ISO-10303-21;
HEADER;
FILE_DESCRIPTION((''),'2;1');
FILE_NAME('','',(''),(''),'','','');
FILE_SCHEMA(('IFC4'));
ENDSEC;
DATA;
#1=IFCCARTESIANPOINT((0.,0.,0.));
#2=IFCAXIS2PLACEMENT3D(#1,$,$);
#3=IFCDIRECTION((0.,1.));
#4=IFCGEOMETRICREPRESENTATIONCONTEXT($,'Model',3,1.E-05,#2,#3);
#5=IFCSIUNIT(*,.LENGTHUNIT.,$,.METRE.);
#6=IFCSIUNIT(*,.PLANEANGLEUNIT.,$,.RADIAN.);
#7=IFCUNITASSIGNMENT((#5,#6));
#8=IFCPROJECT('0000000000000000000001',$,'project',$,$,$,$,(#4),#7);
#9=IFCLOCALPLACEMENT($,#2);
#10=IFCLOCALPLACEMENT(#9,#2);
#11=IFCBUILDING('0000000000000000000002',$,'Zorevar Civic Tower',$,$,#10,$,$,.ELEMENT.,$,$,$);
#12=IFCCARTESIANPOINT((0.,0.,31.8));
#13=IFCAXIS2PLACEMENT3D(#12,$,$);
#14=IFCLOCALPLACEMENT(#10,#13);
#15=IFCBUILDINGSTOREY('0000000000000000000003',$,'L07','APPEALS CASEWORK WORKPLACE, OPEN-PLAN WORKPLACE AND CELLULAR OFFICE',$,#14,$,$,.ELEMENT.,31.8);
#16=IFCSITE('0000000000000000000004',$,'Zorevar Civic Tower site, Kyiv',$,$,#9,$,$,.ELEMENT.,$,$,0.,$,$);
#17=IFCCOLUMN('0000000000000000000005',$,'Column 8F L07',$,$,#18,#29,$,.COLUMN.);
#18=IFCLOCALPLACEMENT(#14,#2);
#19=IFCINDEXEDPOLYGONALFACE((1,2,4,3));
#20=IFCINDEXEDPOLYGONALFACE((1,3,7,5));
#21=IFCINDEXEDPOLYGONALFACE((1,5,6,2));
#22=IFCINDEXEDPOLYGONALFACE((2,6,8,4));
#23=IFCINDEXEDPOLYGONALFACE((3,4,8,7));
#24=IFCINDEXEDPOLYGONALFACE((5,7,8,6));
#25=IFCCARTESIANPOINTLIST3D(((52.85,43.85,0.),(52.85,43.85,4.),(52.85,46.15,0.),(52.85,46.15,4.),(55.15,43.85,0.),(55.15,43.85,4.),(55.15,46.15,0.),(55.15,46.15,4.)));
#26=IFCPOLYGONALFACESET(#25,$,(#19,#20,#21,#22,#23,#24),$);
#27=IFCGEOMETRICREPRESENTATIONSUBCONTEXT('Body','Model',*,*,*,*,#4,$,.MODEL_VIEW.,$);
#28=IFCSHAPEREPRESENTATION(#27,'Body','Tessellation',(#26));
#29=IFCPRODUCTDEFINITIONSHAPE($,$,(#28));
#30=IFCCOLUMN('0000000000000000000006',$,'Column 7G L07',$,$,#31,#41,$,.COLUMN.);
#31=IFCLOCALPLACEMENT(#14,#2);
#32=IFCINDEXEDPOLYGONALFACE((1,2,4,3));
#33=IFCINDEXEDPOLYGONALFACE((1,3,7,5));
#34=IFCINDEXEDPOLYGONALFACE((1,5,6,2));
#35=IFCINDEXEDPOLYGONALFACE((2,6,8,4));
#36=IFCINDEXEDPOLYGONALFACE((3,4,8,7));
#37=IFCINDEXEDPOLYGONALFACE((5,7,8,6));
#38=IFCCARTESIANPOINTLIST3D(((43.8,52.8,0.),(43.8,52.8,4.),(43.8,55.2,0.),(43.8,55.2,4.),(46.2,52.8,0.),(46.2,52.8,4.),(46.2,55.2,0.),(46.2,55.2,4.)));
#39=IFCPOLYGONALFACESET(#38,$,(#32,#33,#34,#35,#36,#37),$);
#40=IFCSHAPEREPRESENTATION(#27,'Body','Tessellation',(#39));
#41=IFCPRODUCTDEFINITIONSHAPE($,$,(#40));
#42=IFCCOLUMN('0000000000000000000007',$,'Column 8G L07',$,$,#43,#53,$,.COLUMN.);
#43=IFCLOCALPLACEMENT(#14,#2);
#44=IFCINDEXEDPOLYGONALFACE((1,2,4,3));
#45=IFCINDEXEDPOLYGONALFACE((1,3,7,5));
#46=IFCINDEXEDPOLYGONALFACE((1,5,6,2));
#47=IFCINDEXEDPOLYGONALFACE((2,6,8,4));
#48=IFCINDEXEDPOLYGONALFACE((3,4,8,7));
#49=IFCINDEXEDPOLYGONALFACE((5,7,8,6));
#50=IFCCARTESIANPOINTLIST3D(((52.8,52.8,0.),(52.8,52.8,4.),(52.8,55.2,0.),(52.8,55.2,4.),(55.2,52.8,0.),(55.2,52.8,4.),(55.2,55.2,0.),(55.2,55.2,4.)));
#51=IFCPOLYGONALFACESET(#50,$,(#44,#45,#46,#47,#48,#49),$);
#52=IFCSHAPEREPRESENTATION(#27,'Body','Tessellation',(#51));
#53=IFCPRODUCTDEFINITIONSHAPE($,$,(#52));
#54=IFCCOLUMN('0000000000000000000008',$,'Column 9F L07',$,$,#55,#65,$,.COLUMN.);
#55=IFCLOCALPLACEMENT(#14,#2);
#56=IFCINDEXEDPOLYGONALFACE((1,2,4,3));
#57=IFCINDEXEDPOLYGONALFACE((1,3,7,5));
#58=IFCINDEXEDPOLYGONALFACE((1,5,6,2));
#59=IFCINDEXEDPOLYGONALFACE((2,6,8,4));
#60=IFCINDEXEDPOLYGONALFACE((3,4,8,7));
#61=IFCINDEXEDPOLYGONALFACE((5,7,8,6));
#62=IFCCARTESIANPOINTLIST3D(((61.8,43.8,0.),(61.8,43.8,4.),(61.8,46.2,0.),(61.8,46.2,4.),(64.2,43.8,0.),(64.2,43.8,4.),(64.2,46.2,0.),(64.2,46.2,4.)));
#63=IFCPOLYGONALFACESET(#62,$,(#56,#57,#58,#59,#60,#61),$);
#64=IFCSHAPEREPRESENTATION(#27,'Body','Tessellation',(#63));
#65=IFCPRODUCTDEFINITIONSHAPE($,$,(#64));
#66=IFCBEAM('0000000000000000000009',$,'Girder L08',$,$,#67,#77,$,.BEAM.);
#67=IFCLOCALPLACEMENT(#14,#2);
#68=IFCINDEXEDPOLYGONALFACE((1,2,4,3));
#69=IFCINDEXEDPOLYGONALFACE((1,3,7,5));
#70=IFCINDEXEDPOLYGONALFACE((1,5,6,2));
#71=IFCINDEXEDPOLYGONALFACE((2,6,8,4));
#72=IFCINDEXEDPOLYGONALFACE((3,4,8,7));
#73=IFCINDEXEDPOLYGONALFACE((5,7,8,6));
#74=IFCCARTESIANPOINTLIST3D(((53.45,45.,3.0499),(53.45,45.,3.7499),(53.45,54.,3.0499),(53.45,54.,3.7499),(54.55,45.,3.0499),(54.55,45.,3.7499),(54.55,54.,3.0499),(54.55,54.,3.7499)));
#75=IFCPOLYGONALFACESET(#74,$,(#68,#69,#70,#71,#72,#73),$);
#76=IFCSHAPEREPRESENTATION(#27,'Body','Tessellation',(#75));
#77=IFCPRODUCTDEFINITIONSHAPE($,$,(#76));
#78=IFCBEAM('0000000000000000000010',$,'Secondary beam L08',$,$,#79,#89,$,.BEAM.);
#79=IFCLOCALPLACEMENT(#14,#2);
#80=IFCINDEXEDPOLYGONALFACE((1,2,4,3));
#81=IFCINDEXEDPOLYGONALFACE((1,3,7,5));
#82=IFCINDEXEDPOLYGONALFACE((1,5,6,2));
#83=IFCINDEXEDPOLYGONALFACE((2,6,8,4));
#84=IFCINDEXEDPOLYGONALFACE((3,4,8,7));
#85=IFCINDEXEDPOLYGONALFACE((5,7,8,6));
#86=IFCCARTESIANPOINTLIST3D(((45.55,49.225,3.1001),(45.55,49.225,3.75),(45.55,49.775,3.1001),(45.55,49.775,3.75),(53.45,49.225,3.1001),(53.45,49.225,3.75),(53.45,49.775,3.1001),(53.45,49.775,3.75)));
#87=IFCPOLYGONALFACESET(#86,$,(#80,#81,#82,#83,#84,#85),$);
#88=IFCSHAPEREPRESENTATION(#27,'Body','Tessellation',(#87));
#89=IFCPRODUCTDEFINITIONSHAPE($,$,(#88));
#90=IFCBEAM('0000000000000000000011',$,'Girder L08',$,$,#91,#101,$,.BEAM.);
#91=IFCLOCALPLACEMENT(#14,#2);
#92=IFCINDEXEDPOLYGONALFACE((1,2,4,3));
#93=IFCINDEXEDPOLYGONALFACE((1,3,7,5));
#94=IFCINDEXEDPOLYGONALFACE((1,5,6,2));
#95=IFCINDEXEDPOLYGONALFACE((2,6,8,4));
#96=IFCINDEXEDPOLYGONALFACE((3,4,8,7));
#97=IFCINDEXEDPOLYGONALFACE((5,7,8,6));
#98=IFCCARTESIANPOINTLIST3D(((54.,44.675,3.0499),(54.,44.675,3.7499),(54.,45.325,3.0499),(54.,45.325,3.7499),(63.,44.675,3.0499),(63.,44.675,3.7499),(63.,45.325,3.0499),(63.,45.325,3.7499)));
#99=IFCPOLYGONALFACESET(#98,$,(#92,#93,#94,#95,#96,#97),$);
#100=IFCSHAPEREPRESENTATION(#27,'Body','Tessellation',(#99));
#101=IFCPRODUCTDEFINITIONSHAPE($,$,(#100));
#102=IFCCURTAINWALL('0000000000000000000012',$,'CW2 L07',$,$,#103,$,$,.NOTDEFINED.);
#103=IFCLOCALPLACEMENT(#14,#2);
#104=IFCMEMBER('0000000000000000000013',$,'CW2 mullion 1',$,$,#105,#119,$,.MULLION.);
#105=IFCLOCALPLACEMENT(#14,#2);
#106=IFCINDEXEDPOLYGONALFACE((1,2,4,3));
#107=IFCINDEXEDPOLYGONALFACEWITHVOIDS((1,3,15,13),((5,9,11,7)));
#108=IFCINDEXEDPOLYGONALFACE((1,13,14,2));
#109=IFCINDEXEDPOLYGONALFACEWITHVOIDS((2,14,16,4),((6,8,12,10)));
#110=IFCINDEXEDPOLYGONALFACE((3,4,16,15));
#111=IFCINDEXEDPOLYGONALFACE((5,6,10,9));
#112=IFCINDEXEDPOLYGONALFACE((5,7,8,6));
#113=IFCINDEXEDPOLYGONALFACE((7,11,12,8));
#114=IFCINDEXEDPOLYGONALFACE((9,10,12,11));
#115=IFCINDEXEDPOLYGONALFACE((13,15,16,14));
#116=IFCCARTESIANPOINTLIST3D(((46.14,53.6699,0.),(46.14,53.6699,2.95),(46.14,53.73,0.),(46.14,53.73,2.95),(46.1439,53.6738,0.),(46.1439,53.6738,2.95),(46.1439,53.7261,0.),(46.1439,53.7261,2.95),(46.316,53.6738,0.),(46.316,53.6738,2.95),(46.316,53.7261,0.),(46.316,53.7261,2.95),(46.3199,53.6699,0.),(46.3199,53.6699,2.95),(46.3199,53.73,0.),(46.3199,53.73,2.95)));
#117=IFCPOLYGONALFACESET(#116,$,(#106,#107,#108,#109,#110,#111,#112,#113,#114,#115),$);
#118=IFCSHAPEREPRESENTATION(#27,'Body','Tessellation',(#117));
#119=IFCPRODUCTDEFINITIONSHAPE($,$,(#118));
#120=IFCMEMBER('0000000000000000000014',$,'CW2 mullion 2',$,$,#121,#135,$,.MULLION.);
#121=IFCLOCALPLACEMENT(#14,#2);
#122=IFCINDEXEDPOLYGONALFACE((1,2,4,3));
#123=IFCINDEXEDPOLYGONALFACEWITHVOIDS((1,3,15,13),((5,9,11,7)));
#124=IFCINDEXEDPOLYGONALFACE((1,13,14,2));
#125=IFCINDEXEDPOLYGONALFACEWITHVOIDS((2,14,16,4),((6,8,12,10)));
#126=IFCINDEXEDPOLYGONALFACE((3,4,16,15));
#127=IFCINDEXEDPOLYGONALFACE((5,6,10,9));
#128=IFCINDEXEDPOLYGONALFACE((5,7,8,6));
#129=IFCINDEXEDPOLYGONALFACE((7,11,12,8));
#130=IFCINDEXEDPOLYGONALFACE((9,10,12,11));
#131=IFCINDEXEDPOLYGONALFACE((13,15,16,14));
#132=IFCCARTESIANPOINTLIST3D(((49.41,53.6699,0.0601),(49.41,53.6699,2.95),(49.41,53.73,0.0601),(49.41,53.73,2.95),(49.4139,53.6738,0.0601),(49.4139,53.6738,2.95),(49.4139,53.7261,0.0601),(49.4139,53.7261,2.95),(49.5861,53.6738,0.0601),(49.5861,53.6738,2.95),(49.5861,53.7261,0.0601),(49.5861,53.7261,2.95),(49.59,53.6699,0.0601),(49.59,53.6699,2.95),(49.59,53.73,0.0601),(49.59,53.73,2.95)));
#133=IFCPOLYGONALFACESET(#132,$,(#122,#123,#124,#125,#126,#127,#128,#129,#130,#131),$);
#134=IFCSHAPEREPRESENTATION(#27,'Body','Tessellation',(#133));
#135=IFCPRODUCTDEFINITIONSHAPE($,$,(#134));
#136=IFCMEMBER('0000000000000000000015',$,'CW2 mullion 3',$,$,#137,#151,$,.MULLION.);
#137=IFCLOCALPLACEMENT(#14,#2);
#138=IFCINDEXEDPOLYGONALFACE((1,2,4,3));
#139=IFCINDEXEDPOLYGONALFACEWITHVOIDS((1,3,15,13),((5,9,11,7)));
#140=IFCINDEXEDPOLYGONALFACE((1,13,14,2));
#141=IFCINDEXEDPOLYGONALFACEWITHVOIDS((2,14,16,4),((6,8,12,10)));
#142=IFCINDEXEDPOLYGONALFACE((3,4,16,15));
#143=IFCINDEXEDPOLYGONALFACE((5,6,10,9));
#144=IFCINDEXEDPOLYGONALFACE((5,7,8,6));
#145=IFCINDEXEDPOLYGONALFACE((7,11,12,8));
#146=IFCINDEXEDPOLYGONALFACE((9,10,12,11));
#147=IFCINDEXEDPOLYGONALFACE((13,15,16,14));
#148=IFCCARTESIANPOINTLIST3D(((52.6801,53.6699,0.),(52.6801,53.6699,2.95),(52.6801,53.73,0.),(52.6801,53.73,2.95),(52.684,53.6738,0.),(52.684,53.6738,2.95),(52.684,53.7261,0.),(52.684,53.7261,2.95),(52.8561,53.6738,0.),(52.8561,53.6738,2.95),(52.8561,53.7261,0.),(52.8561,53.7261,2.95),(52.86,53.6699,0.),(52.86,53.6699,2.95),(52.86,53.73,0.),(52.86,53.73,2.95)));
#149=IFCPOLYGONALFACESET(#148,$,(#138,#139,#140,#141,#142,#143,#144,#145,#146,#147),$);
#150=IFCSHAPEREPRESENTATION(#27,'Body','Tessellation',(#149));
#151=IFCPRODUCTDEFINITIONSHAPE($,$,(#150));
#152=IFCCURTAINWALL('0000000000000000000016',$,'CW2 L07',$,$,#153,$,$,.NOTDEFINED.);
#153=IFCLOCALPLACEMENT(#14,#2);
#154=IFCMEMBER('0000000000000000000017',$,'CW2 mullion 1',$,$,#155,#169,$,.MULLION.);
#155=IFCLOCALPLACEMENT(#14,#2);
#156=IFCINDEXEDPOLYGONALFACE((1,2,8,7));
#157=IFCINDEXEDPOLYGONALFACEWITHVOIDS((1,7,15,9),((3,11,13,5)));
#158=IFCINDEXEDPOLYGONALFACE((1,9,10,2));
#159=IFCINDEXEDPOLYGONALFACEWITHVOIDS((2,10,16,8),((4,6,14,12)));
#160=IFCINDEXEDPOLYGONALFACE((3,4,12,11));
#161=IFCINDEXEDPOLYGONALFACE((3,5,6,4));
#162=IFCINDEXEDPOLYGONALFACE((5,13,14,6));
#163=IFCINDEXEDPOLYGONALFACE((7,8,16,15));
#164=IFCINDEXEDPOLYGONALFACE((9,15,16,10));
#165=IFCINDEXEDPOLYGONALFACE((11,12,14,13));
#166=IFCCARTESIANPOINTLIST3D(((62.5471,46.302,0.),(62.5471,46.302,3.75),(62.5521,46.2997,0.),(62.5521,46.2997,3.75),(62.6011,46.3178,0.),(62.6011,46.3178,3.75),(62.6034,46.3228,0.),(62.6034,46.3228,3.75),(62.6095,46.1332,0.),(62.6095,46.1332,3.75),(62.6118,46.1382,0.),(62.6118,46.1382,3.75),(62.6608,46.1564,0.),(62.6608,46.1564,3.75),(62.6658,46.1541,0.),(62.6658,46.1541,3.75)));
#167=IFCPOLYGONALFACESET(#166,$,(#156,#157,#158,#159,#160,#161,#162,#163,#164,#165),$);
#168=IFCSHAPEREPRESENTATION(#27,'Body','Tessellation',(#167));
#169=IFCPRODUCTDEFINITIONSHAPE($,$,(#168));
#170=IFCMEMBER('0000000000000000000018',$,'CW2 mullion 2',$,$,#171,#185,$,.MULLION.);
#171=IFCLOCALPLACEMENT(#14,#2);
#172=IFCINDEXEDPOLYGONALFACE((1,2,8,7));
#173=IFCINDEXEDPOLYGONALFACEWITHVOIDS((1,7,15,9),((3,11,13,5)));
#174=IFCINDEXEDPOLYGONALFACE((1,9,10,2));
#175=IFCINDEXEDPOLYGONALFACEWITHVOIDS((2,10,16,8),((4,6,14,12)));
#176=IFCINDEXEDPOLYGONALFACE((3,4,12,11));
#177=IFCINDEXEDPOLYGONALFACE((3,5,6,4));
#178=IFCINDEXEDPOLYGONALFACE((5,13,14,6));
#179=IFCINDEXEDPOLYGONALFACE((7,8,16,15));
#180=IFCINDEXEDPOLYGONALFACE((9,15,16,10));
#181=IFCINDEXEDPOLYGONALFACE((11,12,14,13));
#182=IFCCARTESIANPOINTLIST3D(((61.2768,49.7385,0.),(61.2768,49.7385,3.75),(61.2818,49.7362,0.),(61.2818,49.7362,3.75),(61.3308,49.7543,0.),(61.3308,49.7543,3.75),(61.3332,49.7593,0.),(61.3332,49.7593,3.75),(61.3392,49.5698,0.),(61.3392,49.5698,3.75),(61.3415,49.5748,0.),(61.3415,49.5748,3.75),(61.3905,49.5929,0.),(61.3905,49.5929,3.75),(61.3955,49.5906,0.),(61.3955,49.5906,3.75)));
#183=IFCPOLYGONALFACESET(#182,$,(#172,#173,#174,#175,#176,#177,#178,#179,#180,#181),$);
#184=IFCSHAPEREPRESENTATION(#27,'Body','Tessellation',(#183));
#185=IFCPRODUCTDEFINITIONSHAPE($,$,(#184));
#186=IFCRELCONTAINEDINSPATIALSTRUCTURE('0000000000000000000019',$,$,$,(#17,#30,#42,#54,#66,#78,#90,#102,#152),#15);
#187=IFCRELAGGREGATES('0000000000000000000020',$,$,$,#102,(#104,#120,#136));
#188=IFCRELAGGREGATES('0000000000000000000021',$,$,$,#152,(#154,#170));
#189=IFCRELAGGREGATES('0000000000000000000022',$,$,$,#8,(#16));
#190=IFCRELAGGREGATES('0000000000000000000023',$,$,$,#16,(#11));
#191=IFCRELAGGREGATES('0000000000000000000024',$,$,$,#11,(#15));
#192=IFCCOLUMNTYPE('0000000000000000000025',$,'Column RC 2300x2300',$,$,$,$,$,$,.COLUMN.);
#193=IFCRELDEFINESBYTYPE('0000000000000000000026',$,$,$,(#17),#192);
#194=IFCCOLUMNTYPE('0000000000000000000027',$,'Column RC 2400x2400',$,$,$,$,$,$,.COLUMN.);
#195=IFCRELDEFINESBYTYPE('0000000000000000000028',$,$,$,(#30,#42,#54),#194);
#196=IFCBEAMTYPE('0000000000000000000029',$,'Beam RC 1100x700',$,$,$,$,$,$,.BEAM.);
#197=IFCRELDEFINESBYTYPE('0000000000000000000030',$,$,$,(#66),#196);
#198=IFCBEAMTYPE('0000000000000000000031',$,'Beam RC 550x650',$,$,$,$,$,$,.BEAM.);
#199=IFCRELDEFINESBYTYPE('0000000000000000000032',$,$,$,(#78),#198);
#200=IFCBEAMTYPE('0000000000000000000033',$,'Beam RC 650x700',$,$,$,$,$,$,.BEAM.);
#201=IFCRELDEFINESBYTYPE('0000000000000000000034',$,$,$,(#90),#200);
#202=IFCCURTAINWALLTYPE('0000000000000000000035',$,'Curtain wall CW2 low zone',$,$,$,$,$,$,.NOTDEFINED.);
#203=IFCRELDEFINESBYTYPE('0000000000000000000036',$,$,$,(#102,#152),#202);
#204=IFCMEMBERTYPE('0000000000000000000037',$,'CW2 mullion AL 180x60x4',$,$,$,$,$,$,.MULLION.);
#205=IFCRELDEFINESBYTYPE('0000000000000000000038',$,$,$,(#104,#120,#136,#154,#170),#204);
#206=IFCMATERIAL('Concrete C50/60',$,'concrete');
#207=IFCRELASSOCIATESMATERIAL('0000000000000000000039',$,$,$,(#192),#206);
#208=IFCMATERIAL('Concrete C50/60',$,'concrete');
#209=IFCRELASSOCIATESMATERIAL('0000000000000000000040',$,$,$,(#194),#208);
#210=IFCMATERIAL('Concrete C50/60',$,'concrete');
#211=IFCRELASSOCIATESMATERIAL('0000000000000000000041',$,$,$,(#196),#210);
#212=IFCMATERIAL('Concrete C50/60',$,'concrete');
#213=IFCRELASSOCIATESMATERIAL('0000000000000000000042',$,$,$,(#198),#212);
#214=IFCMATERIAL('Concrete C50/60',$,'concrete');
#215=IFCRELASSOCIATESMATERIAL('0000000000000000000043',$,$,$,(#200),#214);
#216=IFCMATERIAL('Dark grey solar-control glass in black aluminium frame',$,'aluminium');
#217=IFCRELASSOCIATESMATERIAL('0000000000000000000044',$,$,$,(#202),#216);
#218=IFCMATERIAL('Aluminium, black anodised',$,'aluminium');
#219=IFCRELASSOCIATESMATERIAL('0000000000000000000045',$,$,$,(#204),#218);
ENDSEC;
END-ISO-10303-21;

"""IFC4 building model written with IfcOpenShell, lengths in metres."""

from ifc_helpers import new_model, si_unit, direction, frame, origin, origin_2d, place, context, subcontext, project, spatial, rectangle, hollow_rectangle, extrude, material, material_profile, profile_set, type_object, element, aggregate, save


model = new_model("IFC4")

# Units and contexts
model_context = context("Model", 3, precision=1e-05, world=origin(), true_north=direction((0.0, 1.0)))
body_context = subcontext(model_context, "Body", "Model", "MODEL_VIEW")
ifc_project = project(units=[si_unit("LENGTHUNIT", "METRE"), si_unit("PLANEANGLEUNIT", "RADIAN")], contexts=[model_context])

# Site, building, storey
site_placement = place(None, origin())
site = spatial("IfcSite", under=ifc_project, at=site_placement, Name="Zorevar Civic Tower site, Kyiv", CompositionType="ELEMENT", RefElevation=0.0)
building_placement = place(site_placement, origin())
building = spatial("IfcBuilding", under=site, at=building_placement, Name="Zorevar Civic Tower", CompositionType="ELEMENT")
storey_placement = place(building_placement, frame((0.0, 0.0, 31.8)))
storey = spatial("IfcBuildingStorey", under=building, at=storey_placement, Name="L07", Description="APPEALS CASEWORK WORKPLACE, OPEN-PLAN WORKPLACE AND CELLULAR OFFICE", CompositionType="ELEMENT", Elevation=31.8)

# Columns
ifc_material_1 = material(Name="Concrete C50/60", Category="concrete")
ifc_material_profile_1 = material_profile(ifc_material_1, rectangle(XDim=2.3, YDim=2.3, at=origin_2d()), Name="RC 2300x2300")
ifc_profile_set_1 = profile_set([ifc_material_profile_1], Name="Concrete C50/60")
column_type_1 = type_object("IfcColumnType", Name="Column RC 2300x2300", PredefinedType="COLUMN", material=ifc_profile_set_1)
column_placement = place(storey_placement, frame((54.0, 45.0, 0.0), z_axis=(0.0, 0.0, 1.0), x_axis=(1.0, 0.0, 0.0)))
element("IfcColumn", 1, at=column_placement, inside=storey, type_object=column_type_1, Name="Column 8F L07", PredefinedType="COLUMN", context=body_context, shape_type="SweptSolid", body=[
    extrude(rectangle(XDim=2.3, YDim=2.3, at=origin_2d()), origin(), (0.0, 0.0, 1.0), 4.0),
])
ifc_material_2 = material(Name="Concrete C50/60", Category="concrete")
ifc_material_profile_2 = material_profile(ifc_material_2, rectangle(XDim=2.3999, YDim=2.3999, at=origin_2d()), Name="RC 2400x2400")
ifc_profile_set_2 = profile_set([ifc_material_profile_2], Name="Concrete C50/60")
column_type_2 = type_object("IfcColumnType", Name="Column RC 2400x2400", PredefinedType="COLUMN", material=ifc_profile_set_2)
for number, where, z_axis, x_axis, name in (
    (2, (45.0, 54.0, 0.0), (0.0, 0.0, 1.0), (1.0, 0.0, 0.0), "Column 7G L07"),
    (3, (54.0, 54.0, 0.0), (0.0, 0.0, 1.0), (1.0, 0.0, 0.0), "Column 8G L07"),
    (4, (63.0, 45.0, 0.0), (0.0, 0.0, 1.0), (1.0, 0.0, 0.0), "Column 9F L07"),
):
    element("IfcColumn", number, at=place(storey_placement, frame(where, z_axis=z_axis, x_axis=x_axis)), inside=storey, type_object=column_type_2, Name=name, PredefinedType="COLUMN", context=body_context, shape_type="SweptSolid", body=[
        extrude(rectangle(XDim=2.3999, YDim=2.3999, at=origin_2d()), origin(), (0.0, 0.0, 1.0), 4.0),
    ])

# Beams
ifc_material_3 = material(Name="Concrete C50/60", Category="concrete")
ifc_material_profile_3 = material_profile(ifc_material_3, rectangle(XDim=1.1001, YDim=0.7, at=origin_2d()), Name="RC 1100x700")
ifc_profile_set_3 = profile_set([ifc_material_profile_3], Name="Concrete C50/60")
beam_type_1 = type_object("IfcBeamType", Name="Beam RC 1100x700", PredefinedType="BEAM", material=ifc_profile_set_3)
beam_1_placement = place(storey_placement, frame((54.0, 45.0, 3.3999), z_axis=(0.0, 1.0, 0.0), x_axis=(-1.0, 0.0, 0.0)))
element("IfcBeam", 5, at=beam_1_placement, inside=storey, type_object=beam_type_1, Name="Girder L08", PredefinedType="BEAM", context=body_context, shape_type="SweptSolid", body=[
    extrude(rectangle(XDim=1.1001, YDim=0.7, at=origin_2d()), origin(), (0.0, 0.0, 1.0), 9.0),
])
ifc_material_4 = material(Name="Concrete C50/60", Category="concrete")
ifc_material_profile_4 = material_profile(ifc_material_4, rectangle(XDim=0.55, YDim=0.6499, at=origin_2d()), Name="RC 550x650")
ifc_profile_set_4 = profile_set([ifc_material_profile_4], Name="Concrete C50/60")
beam_type_2 = type_object("IfcBeamType", Name="Beam RC 550x650", PredefinedType="BEAM", material=ifc_profile_set_4)
beam_2_placement = place(storey_placement, frame((45.55, 49.5, 3.425), z_axis=(1.0, 0.0, 0.0), x_axis=(0.0, 1.0, 0.0)))
element("IfcBeam", 6, at=beam_2_placement, inside=storey, type_object=beam_type_2, Name="Secondary beam L08", PredefinedType="BEAM", context=body_context, shape_type="SweptSolid", body=[
    extrude(rectangle(XDim=0.55, YDim=0.6499, at=origin_2d()), origin(), (0.0, 0.0, 1.0), 7.8999),
])
ifc_material_5 = material(Name="Concrete C50/60", Category="concrete")
ifc_material_profile_5 = material_profile(ifc_material_5, rectangle(XDim=0.6499, YDim=0.7, at=origin_2d()), Name="RC 650x700")
ifc_profile_set_5 = profile_set([ifc_material_profile_5], Name="Concrete C50/60")
beam_type_3 = type_object("IfcBeamType", Name="Beam RC 650x700", PredefinedType="BEAM", material=ifc_profile_set_5)
beam_3_placement = place(storey_placement, frame((54.0, 45.0, 3.3999), z_axis=(1.0, 0.0, 0.0), x_axis=(0.0, 1.0, 0.0)))
element("IfcBeam", 7, at=beam_3_placement, inside=storey, type_object=beam_type_3, Name="Girder L08", PredefinedType="BEAM", context=body_context, shape_type="SweptSolid", body=[
    extrude(rectangle(XDim=0.6499, YDim=0.7, at=origin_2d()), origin(), (0.0, 0.0, 1.0), 9.0),
])

# Curtain walls, members
ifc_material_6 = material(Name="Dark grey solar-control glass in black aluminium frame", Category="aluminium")
curtain_wall_type = type_object("IfcCurtainWallType", Name="Curtain wall CW2 low zone", PredefinedType="NOTDEFINED", material=ifc_material_6)
curtain_wall_1_placement = place(storey_placement, origin())
curtain_wall_1 = element("IfcCurtainWall", 8, at=curtain_wall_1_placement, inside=storey, type_object=curtain_wall_type, Name="CW2 L07", PredefinedType="NOTDEFINED")
ifc_material_7 = material(Name="Aluminium, black anodised", Category="aluminium")
ifc_material_profile_6 = material_profile(ifc_material_7, hollow_rectangle(XDim=0.0601, YDim=0.1799, WallThickness=0.0039, at=origin_2d()), Name="AL 180x60x4")
ifc_profile_set_6 = profile_set([ifc_material_profile_6], Name="Aluminium, black anodised")
member_type_1 = type_object("IfcMemberType", Name="CW2 mullion AL 180x60x4", PredefinedType="MULLION", material=ifc_profile_set_6)
member_1_placement = place(storey_placement, frame((46.23, 53.7, 0.0), z_axis=(0.0, 0.0, 1.0), x_axis=(0.0, 1.0, 0.0)))
member_1 = element("IfcMember", 9, at=member_1_placement, type_object=member_type_1, Name="CW2 mullion 1", PredefinedType="MULLION", context=body_context, shape_type="SweptSolid", body=[
    extrude(hollow_rectangle(XDim=0.0601, YDim=0.1799, WallThickness=0.0039, at=origin_2d()), origin(), (0.0, 0.0, 1.0), 2.95),
])
member_2_placement = place(storey_placement, frame((49.5, 53.7, 0.0601), z_axis=(0.0, 0.0, 1.0), x_axis=(0.0, 1.0, 0.0)))
member_2 = element("IfcMember", 10, at=member_2_placement, type_object=member_type_1, Name="CW2 mullion 2", PredefinedType="MULLION", context=body_context, shape_type="SweptSolid", body=[
    extrude(hollow_rectangle(XDim=0.0601, YDim=0.1799, WallThickness=0.0039, at=origin_2d()), origin(), (0.0, 0.0, 1.0), 2.8899),
])
member_3_placement = place(storey_placement, frame((52.77, 53.7, 0.0), z_axis=(0.0, 0.0, 1.0), x_axis=(0.0, 1.0, 0.0)))
member_3 = element("IfcMember", 11, at=member_3_placement, type_object=member_type_1, Name="CW2 mullion 3", PredefinedType="MULLION", context=body_context, shape_type="SweptSolid", body=[
    extrude(hollow_rectangle(XDim=0.0601, YDim=0.1799, WallThickness=0.0039, at=origin_2d()), origin(), (0.0, 0.0, 1.0), 2.95),
])
curtain_wall_2_placement = place(storey_placement, origin())
curtain_wall_2 = element("IfcCurtainWall", 12, at=curtain_wall_2_placement, inside=storey, type_object=curtain_wall_type, Name="CW2 L07", PredefinedType="NOTDEFINED")
member_4_placement = place(storey_placement, frame((62.6064, 46.228, 0.0), z_axis=(0.0, 0.0, 1.0), x_axis=(-0.937975, -0.346704, 0.0)))
member_4 = element("IfcMember", 13, at=member_4_placement, type_object=member_type_1, Name="CW2 mullion 1", PredefinedType="MULLION", context=body_context, shape_type="SweptSolid", body=[
    extrude(hollow_rectangle(XDim=0.0601, YDim=0.1799, WallThickness=0.0039, at=origin_2d()), origin(), (0.0, 0.0, 1.0), 3.75),
])
member_5_placement = place(storey_placement, frame((61.3362, 49.6646, 0.0), z_axis=(0.0, 0.0, 1.0), x_axis=(-0.937975, -0.346704, 0.0)))
member_5 = element("IfcMember", 14, at=member_5_placement, type_object=member_type_1, Name="CW2 mullion 2", PredefinedType="MULLION", context=body_context, shape_type="SweptSolid", body=[
    extrude(hollow_rectangle(XDim=0.0601, YDim=0.1799, WallThickness=0.0039, at=origin_2d()), origin(), (0.0, 0.0, 1.0), 3.75),
])

aggregate(curtain_wall_1, [member_1, member_2, member_3])
aggregate(curtain_wall_2, [member_4, member_5])

save(model, "model.ifc")
